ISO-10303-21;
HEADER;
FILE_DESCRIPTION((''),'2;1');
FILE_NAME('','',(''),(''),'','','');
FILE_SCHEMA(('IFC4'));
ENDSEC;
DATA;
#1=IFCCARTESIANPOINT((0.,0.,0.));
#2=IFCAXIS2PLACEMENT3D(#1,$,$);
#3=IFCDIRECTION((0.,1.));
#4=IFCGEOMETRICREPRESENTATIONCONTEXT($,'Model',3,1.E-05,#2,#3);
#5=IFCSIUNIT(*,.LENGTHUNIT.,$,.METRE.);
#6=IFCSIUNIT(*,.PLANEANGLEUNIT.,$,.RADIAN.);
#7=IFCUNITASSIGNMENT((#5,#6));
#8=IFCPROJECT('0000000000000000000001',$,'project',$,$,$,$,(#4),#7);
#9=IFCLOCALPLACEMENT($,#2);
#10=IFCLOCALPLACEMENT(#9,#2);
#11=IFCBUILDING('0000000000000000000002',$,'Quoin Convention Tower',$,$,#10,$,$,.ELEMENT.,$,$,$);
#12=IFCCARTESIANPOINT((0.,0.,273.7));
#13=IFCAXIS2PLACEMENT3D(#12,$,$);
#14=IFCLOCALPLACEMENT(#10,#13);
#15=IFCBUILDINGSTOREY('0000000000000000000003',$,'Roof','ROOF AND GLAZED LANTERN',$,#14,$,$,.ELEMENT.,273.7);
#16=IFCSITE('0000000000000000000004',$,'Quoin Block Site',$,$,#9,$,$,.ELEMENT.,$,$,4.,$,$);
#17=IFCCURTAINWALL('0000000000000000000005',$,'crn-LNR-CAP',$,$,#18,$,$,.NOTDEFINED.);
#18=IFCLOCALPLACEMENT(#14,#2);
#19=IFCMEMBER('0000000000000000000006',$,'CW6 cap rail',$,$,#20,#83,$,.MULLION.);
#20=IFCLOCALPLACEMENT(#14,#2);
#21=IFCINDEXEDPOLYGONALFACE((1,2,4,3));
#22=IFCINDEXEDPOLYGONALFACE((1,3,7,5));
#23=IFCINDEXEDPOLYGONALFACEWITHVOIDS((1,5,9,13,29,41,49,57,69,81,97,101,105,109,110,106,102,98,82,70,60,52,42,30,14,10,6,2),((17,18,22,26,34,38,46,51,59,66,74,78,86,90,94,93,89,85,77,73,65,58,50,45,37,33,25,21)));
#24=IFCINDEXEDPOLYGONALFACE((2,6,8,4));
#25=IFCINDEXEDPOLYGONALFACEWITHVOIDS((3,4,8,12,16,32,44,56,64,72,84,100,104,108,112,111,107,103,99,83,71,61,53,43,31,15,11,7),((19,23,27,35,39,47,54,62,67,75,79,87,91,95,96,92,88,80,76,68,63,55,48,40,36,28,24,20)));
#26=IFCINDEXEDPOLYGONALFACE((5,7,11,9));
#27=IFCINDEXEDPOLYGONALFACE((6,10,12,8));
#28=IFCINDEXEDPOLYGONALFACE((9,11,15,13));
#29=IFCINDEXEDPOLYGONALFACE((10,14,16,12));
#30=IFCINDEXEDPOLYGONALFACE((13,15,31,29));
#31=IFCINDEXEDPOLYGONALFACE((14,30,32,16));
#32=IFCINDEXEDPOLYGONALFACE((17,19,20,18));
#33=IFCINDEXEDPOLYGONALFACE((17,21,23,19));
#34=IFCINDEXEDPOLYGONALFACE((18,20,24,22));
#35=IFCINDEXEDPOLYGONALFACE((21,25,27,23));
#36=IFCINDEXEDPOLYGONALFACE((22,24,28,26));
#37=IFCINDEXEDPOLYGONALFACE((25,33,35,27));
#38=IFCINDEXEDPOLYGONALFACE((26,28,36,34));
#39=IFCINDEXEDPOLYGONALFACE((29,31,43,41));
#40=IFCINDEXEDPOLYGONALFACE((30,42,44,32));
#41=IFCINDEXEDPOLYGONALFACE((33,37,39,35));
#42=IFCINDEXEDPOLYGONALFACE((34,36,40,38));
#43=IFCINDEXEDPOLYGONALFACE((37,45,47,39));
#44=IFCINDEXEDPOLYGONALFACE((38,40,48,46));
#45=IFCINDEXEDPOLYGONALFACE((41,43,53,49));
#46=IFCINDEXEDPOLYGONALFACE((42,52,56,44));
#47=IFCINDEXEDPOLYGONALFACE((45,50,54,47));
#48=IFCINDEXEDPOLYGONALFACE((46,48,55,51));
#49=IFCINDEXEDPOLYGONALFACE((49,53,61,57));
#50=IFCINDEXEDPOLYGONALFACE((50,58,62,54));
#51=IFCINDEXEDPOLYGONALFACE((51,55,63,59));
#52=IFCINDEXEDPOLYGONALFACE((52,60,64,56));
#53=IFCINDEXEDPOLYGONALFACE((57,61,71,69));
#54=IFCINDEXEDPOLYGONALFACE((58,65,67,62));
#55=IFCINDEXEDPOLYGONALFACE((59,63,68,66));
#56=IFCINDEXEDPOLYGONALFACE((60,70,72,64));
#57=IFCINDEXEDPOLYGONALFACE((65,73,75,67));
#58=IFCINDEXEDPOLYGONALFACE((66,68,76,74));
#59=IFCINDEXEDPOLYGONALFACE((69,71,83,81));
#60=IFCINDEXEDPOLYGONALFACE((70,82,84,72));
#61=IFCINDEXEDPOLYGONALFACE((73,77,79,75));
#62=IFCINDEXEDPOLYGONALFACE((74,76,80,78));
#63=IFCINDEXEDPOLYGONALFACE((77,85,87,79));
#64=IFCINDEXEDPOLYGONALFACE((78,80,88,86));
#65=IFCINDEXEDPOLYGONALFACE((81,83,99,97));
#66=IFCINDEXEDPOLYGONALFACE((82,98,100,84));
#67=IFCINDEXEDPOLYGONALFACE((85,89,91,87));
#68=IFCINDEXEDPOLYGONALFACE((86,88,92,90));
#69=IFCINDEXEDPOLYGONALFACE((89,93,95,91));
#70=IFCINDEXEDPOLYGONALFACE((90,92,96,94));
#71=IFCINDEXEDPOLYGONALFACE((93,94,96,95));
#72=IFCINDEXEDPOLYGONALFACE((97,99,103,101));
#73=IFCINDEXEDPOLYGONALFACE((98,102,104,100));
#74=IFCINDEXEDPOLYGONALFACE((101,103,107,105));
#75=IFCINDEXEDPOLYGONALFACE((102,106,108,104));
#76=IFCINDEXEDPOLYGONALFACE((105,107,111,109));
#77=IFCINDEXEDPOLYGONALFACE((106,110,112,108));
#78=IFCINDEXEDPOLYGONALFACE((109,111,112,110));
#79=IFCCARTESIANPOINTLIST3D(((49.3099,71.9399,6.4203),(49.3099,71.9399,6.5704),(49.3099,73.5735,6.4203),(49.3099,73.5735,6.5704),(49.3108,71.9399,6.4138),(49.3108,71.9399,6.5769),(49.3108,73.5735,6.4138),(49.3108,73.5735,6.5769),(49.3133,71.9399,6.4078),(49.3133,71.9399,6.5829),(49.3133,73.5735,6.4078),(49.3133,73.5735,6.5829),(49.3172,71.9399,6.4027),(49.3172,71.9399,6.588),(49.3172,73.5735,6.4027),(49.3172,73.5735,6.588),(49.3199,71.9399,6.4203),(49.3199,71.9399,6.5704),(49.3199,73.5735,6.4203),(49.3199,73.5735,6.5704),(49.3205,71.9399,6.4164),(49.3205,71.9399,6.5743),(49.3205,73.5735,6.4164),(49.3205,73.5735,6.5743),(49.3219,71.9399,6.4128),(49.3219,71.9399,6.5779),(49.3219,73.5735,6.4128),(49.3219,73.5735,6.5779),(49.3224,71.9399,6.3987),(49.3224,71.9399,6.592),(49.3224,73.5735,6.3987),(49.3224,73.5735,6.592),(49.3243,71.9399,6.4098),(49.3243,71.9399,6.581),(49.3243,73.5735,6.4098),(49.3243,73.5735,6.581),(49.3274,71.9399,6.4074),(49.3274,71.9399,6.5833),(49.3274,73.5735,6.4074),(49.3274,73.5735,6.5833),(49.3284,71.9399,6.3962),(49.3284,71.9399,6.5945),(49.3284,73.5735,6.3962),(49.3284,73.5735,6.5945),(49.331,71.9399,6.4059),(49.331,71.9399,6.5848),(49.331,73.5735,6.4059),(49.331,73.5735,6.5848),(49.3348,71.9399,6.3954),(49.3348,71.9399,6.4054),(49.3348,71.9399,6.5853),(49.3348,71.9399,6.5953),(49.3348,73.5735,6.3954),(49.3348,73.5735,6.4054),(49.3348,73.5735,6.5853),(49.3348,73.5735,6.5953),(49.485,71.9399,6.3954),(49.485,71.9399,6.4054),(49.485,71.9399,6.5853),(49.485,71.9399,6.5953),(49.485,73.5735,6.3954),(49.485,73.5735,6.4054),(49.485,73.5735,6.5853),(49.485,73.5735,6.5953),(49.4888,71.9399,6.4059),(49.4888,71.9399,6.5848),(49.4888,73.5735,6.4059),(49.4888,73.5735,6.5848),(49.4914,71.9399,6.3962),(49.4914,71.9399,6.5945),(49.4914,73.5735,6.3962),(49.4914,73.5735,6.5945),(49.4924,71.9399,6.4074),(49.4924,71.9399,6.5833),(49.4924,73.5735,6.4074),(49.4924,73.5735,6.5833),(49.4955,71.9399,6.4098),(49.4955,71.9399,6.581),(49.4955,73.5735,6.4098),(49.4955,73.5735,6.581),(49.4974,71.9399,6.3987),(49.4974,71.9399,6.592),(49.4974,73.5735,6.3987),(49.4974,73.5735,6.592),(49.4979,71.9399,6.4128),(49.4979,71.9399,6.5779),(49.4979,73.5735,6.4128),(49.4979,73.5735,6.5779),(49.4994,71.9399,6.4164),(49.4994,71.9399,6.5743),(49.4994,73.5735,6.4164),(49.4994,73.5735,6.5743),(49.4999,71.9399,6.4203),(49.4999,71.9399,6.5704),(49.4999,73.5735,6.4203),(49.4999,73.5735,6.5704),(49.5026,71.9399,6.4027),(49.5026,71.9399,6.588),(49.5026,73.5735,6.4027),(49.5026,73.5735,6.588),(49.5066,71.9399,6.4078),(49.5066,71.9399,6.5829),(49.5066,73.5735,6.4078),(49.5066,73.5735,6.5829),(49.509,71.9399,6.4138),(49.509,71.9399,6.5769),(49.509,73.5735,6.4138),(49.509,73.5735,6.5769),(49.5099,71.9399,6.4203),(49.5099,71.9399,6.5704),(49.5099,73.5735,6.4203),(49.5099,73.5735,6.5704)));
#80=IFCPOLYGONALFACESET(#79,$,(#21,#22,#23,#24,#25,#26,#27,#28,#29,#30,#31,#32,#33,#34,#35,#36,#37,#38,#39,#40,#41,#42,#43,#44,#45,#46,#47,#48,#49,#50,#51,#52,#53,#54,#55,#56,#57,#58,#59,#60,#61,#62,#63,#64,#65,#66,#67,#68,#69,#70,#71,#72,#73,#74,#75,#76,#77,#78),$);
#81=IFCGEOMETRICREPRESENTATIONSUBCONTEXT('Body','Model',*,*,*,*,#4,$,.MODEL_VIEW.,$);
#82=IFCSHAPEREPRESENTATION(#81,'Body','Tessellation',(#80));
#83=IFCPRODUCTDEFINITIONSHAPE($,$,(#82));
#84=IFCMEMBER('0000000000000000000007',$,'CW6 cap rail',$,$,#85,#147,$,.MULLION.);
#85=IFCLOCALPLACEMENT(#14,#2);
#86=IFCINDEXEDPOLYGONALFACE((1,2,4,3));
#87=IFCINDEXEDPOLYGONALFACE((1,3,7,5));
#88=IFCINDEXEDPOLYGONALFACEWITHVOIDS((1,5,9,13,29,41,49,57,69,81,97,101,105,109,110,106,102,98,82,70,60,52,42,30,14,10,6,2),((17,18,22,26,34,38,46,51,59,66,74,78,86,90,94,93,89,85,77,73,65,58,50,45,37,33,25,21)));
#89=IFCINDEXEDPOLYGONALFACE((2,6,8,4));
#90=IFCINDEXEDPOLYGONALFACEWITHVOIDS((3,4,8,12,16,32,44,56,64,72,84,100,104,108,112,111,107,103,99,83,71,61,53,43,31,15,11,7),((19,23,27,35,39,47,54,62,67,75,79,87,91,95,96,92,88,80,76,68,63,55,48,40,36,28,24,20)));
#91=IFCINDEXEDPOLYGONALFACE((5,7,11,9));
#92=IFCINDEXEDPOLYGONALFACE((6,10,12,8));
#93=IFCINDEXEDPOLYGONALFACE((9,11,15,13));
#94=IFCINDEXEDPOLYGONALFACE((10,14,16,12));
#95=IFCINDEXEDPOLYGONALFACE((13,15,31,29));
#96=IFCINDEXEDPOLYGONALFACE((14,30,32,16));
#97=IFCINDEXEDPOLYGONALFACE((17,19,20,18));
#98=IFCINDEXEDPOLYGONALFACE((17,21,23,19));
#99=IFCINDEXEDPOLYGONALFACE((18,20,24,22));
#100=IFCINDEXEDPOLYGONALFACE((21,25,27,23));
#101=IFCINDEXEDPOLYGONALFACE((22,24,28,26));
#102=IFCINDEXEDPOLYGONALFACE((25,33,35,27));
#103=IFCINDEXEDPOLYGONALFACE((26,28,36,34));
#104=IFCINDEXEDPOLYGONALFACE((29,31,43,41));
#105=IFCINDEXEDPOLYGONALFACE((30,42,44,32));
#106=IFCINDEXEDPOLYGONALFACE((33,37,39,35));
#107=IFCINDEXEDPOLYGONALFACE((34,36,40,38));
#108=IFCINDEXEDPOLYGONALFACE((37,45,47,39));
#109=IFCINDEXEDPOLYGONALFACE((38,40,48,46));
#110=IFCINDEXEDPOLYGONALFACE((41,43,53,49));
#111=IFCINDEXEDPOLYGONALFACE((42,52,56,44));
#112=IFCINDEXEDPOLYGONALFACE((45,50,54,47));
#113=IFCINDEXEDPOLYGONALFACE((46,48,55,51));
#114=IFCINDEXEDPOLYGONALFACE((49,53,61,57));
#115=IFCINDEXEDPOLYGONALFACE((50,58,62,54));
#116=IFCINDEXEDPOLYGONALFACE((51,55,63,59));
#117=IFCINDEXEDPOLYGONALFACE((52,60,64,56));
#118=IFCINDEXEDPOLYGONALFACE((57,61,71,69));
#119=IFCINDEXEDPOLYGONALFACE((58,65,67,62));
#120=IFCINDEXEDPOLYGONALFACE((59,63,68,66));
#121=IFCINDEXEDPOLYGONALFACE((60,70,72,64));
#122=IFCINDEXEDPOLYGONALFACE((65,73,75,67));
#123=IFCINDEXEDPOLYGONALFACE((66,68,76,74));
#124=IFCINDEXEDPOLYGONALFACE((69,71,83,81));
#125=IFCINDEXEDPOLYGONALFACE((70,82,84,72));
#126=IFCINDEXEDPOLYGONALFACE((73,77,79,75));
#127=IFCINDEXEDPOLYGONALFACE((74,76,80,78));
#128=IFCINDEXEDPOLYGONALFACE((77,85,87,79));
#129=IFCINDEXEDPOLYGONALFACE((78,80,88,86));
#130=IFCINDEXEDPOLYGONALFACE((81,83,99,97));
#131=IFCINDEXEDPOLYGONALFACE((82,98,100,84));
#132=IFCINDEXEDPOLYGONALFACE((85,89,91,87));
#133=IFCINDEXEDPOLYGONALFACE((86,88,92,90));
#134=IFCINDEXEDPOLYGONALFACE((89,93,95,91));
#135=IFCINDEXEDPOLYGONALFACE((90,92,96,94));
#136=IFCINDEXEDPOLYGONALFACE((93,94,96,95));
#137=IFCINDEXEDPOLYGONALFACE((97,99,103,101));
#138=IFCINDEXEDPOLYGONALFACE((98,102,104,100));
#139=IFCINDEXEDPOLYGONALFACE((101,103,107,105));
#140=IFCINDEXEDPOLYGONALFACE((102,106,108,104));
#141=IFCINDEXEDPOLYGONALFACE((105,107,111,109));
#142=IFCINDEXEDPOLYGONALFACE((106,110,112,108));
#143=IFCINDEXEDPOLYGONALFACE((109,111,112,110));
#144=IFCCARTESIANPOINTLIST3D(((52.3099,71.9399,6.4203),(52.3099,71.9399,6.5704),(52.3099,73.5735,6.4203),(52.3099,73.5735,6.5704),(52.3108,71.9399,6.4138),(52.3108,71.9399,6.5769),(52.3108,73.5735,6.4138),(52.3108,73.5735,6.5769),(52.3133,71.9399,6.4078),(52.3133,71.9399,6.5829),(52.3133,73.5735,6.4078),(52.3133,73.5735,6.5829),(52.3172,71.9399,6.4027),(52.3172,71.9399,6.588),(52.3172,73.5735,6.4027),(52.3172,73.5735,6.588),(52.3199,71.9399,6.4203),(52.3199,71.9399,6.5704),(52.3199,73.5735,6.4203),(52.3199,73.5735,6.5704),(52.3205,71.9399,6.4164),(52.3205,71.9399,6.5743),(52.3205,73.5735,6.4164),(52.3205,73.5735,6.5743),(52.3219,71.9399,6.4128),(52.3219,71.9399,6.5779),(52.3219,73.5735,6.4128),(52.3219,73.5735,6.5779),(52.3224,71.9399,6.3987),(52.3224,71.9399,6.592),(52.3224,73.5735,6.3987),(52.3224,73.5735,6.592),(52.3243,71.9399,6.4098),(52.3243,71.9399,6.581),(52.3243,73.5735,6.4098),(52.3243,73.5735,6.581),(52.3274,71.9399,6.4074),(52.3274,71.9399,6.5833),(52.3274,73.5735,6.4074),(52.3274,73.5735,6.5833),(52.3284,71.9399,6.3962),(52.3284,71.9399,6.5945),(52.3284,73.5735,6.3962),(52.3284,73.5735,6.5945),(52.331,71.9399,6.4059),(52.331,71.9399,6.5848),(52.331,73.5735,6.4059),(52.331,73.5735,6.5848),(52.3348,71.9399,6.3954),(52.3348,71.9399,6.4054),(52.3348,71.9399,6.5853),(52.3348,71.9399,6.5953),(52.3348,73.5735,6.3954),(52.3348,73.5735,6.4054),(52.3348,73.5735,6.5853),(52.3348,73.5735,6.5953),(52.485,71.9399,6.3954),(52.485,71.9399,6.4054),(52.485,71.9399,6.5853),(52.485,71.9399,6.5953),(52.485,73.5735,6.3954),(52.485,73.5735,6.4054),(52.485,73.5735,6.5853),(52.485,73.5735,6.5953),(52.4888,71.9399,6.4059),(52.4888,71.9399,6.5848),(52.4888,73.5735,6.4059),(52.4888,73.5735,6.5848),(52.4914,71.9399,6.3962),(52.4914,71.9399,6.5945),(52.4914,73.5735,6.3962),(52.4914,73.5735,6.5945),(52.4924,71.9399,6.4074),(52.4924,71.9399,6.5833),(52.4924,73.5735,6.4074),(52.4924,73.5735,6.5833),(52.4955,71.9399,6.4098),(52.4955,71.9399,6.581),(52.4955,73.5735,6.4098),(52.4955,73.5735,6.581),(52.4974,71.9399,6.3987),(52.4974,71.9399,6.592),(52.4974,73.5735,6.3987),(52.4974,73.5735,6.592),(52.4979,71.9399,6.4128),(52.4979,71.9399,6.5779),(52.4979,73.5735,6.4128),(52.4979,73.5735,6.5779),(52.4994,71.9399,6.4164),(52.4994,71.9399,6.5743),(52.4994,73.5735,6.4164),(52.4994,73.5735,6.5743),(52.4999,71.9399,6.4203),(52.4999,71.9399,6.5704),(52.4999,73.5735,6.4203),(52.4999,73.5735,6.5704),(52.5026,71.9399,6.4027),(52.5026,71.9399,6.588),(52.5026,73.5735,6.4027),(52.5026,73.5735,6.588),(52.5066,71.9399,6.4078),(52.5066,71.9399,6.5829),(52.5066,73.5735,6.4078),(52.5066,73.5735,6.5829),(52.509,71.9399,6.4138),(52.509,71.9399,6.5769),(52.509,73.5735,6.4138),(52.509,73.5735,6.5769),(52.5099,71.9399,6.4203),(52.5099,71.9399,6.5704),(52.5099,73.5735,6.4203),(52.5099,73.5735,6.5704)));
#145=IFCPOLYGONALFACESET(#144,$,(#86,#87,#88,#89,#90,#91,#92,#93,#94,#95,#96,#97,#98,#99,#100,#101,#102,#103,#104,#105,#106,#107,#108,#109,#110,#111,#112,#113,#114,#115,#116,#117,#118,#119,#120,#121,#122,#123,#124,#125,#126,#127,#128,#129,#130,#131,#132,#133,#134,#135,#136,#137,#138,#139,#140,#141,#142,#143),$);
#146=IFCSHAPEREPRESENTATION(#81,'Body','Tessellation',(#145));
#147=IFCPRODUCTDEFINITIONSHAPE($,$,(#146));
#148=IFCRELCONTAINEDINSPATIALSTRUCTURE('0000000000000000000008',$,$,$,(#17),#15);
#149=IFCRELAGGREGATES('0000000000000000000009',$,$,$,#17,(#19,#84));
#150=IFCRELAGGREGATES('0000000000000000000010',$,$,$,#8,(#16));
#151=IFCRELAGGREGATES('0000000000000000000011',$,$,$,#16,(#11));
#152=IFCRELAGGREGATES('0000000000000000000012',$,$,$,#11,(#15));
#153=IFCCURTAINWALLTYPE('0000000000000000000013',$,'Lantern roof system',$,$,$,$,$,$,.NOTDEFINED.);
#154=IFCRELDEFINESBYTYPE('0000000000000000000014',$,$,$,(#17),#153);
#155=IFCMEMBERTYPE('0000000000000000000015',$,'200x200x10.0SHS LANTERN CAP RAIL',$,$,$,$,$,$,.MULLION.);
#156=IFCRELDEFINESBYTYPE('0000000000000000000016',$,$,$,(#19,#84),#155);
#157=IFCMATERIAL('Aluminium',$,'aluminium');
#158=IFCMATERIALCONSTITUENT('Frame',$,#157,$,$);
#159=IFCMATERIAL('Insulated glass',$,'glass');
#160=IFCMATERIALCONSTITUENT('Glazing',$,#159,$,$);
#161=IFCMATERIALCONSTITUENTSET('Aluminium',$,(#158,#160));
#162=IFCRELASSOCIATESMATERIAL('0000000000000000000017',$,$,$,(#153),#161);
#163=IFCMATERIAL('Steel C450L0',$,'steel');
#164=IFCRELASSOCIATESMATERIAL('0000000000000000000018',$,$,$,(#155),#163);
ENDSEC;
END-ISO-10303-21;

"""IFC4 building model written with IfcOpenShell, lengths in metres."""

from ifc_helpers import new_model, si_unit, direction, frame, origin, origin_2d, place, context, subcontext, project, spatial, hollow_rectangle, extrude, material, constituent, constituent_set, material_profile, profile_set, type_object, element, aggregate, save


model = new_model("IFC4")

# Units and contexts
model_context = context("Model", 3, precision=1e-05, world=origin(), true_north=direction((0.0, 1.0)))
body_context = subcontext(model_context, "Body", "Model", "MODEL_VIEW")
ifc_project = project(units=[si_unit("LENGTHUNIT", "METRE"), si_unit("PLANEANGLEUNIT", "RADIAN")], contexts=[model_context])

# Site, building, storey
site_placement = place(None, origin())
site = spatial("IfcSite", under=ifc_project, at=site_placement, Name="Quoin Block Site", CompositionType="ELEMENT", RefElevation=4.0)
building_placement = place(site_placement, origin())
building = spatial("IfcBuilding", under=site, at=building_placement, Name="Quoin Convention Tower", CompositionType="ELEMENT")
storey_placement = place(building_placement, frame((0.0, 0.0, 273.7)))
storey = spatial("IfcBuildingStorey", under=building, at=storey_placement, Name="Roof", Description="ROOF AND GLAZED LANTERN", CompositionType="ELEMENT", Elevation=273.7)

# Curtain wall, members
ifc_material_1 = material(Name="Aluminium", Category="aluminium")
ifc_constituent_1 = constituent(ifc_material_1, Name="Frame")
ifc_material_2 = material(Name="Insulated glass", Category="glass")
ifc_constituent_2 = constituent(ifc_material_2, Name="Glazing")
ifc_constituent_set = constituent_set(constituents=[ifc_constituent_1, ifc_constituent_2], Name="Aluminium")
curtain_wall_type = type_object("IfcCurtainWallType", Name="Lantern roof system", PredefinedType="NOTDEFINED", material=ifc_constituent_set)
curtain_wall_1_placement = place(storey_placement, origin())
curtain_wall_1 = element("IfcCurtainWall", 1, at=curtain_wall_1_placement, inside=storey, type_object=curtain_wall_type, Name="crn-LNR-CAP", PredefinedType="NOTDEFINED")
ifc_material_3 = material(Name="Steel C450L0", Category="steel")
ifc_material_profile_1 = material_profile(ifc_material_3, hollow_rectangle(XDim=0.2, YDim=0.2, WallThickness=0.01, InnerFilletRadius=0.0149, OuterFilletRadius=0.0249, at=origin_2d()), Name="200x200x10.0SHS")
ifc_profile_set_1 = profile_set([ifc_material_profile_1], Name="Steel C450L0")
member_type_1 = type_object("IfcMemberType", Name="200x200x10.0SHS LANTERN CAP RAIL", PredefinedType="MULLION", material=ifc_profile_set_1)
member_1_placement = place(storey_placement, frame((49.4099, 71.9399, 6.4954), z_axis=(0.0, 1.0, 0.0), x_axis=(-1.0, 0.0, 0.0)))
member_1 = element("IfcMember", 2, at=member_1_placement, type_object=member_type_1, Name="CW6 cap rail", PredefinedType="MULLION", context=body_context, shape_type="SweptSolid", body=[
    extrude(hollow_rectangle(XDim=0.2, YDim=0.2, WallThickness=0.01, InnerFilletRadius=0.0149, OuterFilletRadius=0.0249, at=origin_2d()), origin(), (0.0, 0.0, 1.0), 1.6335),
])
member_2_placement = place(storey_placement, frame((52.4099, 71.9399, 6.4954), z_axis=(0.0, 1.0, 0.0), x_axis=(-1.0, 0.0, 0.0)))
member_2 = element("IfcMember", 3, at=member_2_placement, type_object=member_type_1, Name="CW6 cap rail", PredefinedType="MULLION", context=body_context, shape_type="SweptSolid", body=[
    extrude(hollow_rectangle(XDim=0.2, YDim=0.2, WallThickness=0.01, InnerFilletRadius=0.0149, OuterFilletRadius=0.0249, at=origin_2d()), origin(), (0.0, 0.0, 1.0), 1.6335),
])

aggregate(curtain_wall_1, [member_1, member_2])

save(model, "model.ifc")
